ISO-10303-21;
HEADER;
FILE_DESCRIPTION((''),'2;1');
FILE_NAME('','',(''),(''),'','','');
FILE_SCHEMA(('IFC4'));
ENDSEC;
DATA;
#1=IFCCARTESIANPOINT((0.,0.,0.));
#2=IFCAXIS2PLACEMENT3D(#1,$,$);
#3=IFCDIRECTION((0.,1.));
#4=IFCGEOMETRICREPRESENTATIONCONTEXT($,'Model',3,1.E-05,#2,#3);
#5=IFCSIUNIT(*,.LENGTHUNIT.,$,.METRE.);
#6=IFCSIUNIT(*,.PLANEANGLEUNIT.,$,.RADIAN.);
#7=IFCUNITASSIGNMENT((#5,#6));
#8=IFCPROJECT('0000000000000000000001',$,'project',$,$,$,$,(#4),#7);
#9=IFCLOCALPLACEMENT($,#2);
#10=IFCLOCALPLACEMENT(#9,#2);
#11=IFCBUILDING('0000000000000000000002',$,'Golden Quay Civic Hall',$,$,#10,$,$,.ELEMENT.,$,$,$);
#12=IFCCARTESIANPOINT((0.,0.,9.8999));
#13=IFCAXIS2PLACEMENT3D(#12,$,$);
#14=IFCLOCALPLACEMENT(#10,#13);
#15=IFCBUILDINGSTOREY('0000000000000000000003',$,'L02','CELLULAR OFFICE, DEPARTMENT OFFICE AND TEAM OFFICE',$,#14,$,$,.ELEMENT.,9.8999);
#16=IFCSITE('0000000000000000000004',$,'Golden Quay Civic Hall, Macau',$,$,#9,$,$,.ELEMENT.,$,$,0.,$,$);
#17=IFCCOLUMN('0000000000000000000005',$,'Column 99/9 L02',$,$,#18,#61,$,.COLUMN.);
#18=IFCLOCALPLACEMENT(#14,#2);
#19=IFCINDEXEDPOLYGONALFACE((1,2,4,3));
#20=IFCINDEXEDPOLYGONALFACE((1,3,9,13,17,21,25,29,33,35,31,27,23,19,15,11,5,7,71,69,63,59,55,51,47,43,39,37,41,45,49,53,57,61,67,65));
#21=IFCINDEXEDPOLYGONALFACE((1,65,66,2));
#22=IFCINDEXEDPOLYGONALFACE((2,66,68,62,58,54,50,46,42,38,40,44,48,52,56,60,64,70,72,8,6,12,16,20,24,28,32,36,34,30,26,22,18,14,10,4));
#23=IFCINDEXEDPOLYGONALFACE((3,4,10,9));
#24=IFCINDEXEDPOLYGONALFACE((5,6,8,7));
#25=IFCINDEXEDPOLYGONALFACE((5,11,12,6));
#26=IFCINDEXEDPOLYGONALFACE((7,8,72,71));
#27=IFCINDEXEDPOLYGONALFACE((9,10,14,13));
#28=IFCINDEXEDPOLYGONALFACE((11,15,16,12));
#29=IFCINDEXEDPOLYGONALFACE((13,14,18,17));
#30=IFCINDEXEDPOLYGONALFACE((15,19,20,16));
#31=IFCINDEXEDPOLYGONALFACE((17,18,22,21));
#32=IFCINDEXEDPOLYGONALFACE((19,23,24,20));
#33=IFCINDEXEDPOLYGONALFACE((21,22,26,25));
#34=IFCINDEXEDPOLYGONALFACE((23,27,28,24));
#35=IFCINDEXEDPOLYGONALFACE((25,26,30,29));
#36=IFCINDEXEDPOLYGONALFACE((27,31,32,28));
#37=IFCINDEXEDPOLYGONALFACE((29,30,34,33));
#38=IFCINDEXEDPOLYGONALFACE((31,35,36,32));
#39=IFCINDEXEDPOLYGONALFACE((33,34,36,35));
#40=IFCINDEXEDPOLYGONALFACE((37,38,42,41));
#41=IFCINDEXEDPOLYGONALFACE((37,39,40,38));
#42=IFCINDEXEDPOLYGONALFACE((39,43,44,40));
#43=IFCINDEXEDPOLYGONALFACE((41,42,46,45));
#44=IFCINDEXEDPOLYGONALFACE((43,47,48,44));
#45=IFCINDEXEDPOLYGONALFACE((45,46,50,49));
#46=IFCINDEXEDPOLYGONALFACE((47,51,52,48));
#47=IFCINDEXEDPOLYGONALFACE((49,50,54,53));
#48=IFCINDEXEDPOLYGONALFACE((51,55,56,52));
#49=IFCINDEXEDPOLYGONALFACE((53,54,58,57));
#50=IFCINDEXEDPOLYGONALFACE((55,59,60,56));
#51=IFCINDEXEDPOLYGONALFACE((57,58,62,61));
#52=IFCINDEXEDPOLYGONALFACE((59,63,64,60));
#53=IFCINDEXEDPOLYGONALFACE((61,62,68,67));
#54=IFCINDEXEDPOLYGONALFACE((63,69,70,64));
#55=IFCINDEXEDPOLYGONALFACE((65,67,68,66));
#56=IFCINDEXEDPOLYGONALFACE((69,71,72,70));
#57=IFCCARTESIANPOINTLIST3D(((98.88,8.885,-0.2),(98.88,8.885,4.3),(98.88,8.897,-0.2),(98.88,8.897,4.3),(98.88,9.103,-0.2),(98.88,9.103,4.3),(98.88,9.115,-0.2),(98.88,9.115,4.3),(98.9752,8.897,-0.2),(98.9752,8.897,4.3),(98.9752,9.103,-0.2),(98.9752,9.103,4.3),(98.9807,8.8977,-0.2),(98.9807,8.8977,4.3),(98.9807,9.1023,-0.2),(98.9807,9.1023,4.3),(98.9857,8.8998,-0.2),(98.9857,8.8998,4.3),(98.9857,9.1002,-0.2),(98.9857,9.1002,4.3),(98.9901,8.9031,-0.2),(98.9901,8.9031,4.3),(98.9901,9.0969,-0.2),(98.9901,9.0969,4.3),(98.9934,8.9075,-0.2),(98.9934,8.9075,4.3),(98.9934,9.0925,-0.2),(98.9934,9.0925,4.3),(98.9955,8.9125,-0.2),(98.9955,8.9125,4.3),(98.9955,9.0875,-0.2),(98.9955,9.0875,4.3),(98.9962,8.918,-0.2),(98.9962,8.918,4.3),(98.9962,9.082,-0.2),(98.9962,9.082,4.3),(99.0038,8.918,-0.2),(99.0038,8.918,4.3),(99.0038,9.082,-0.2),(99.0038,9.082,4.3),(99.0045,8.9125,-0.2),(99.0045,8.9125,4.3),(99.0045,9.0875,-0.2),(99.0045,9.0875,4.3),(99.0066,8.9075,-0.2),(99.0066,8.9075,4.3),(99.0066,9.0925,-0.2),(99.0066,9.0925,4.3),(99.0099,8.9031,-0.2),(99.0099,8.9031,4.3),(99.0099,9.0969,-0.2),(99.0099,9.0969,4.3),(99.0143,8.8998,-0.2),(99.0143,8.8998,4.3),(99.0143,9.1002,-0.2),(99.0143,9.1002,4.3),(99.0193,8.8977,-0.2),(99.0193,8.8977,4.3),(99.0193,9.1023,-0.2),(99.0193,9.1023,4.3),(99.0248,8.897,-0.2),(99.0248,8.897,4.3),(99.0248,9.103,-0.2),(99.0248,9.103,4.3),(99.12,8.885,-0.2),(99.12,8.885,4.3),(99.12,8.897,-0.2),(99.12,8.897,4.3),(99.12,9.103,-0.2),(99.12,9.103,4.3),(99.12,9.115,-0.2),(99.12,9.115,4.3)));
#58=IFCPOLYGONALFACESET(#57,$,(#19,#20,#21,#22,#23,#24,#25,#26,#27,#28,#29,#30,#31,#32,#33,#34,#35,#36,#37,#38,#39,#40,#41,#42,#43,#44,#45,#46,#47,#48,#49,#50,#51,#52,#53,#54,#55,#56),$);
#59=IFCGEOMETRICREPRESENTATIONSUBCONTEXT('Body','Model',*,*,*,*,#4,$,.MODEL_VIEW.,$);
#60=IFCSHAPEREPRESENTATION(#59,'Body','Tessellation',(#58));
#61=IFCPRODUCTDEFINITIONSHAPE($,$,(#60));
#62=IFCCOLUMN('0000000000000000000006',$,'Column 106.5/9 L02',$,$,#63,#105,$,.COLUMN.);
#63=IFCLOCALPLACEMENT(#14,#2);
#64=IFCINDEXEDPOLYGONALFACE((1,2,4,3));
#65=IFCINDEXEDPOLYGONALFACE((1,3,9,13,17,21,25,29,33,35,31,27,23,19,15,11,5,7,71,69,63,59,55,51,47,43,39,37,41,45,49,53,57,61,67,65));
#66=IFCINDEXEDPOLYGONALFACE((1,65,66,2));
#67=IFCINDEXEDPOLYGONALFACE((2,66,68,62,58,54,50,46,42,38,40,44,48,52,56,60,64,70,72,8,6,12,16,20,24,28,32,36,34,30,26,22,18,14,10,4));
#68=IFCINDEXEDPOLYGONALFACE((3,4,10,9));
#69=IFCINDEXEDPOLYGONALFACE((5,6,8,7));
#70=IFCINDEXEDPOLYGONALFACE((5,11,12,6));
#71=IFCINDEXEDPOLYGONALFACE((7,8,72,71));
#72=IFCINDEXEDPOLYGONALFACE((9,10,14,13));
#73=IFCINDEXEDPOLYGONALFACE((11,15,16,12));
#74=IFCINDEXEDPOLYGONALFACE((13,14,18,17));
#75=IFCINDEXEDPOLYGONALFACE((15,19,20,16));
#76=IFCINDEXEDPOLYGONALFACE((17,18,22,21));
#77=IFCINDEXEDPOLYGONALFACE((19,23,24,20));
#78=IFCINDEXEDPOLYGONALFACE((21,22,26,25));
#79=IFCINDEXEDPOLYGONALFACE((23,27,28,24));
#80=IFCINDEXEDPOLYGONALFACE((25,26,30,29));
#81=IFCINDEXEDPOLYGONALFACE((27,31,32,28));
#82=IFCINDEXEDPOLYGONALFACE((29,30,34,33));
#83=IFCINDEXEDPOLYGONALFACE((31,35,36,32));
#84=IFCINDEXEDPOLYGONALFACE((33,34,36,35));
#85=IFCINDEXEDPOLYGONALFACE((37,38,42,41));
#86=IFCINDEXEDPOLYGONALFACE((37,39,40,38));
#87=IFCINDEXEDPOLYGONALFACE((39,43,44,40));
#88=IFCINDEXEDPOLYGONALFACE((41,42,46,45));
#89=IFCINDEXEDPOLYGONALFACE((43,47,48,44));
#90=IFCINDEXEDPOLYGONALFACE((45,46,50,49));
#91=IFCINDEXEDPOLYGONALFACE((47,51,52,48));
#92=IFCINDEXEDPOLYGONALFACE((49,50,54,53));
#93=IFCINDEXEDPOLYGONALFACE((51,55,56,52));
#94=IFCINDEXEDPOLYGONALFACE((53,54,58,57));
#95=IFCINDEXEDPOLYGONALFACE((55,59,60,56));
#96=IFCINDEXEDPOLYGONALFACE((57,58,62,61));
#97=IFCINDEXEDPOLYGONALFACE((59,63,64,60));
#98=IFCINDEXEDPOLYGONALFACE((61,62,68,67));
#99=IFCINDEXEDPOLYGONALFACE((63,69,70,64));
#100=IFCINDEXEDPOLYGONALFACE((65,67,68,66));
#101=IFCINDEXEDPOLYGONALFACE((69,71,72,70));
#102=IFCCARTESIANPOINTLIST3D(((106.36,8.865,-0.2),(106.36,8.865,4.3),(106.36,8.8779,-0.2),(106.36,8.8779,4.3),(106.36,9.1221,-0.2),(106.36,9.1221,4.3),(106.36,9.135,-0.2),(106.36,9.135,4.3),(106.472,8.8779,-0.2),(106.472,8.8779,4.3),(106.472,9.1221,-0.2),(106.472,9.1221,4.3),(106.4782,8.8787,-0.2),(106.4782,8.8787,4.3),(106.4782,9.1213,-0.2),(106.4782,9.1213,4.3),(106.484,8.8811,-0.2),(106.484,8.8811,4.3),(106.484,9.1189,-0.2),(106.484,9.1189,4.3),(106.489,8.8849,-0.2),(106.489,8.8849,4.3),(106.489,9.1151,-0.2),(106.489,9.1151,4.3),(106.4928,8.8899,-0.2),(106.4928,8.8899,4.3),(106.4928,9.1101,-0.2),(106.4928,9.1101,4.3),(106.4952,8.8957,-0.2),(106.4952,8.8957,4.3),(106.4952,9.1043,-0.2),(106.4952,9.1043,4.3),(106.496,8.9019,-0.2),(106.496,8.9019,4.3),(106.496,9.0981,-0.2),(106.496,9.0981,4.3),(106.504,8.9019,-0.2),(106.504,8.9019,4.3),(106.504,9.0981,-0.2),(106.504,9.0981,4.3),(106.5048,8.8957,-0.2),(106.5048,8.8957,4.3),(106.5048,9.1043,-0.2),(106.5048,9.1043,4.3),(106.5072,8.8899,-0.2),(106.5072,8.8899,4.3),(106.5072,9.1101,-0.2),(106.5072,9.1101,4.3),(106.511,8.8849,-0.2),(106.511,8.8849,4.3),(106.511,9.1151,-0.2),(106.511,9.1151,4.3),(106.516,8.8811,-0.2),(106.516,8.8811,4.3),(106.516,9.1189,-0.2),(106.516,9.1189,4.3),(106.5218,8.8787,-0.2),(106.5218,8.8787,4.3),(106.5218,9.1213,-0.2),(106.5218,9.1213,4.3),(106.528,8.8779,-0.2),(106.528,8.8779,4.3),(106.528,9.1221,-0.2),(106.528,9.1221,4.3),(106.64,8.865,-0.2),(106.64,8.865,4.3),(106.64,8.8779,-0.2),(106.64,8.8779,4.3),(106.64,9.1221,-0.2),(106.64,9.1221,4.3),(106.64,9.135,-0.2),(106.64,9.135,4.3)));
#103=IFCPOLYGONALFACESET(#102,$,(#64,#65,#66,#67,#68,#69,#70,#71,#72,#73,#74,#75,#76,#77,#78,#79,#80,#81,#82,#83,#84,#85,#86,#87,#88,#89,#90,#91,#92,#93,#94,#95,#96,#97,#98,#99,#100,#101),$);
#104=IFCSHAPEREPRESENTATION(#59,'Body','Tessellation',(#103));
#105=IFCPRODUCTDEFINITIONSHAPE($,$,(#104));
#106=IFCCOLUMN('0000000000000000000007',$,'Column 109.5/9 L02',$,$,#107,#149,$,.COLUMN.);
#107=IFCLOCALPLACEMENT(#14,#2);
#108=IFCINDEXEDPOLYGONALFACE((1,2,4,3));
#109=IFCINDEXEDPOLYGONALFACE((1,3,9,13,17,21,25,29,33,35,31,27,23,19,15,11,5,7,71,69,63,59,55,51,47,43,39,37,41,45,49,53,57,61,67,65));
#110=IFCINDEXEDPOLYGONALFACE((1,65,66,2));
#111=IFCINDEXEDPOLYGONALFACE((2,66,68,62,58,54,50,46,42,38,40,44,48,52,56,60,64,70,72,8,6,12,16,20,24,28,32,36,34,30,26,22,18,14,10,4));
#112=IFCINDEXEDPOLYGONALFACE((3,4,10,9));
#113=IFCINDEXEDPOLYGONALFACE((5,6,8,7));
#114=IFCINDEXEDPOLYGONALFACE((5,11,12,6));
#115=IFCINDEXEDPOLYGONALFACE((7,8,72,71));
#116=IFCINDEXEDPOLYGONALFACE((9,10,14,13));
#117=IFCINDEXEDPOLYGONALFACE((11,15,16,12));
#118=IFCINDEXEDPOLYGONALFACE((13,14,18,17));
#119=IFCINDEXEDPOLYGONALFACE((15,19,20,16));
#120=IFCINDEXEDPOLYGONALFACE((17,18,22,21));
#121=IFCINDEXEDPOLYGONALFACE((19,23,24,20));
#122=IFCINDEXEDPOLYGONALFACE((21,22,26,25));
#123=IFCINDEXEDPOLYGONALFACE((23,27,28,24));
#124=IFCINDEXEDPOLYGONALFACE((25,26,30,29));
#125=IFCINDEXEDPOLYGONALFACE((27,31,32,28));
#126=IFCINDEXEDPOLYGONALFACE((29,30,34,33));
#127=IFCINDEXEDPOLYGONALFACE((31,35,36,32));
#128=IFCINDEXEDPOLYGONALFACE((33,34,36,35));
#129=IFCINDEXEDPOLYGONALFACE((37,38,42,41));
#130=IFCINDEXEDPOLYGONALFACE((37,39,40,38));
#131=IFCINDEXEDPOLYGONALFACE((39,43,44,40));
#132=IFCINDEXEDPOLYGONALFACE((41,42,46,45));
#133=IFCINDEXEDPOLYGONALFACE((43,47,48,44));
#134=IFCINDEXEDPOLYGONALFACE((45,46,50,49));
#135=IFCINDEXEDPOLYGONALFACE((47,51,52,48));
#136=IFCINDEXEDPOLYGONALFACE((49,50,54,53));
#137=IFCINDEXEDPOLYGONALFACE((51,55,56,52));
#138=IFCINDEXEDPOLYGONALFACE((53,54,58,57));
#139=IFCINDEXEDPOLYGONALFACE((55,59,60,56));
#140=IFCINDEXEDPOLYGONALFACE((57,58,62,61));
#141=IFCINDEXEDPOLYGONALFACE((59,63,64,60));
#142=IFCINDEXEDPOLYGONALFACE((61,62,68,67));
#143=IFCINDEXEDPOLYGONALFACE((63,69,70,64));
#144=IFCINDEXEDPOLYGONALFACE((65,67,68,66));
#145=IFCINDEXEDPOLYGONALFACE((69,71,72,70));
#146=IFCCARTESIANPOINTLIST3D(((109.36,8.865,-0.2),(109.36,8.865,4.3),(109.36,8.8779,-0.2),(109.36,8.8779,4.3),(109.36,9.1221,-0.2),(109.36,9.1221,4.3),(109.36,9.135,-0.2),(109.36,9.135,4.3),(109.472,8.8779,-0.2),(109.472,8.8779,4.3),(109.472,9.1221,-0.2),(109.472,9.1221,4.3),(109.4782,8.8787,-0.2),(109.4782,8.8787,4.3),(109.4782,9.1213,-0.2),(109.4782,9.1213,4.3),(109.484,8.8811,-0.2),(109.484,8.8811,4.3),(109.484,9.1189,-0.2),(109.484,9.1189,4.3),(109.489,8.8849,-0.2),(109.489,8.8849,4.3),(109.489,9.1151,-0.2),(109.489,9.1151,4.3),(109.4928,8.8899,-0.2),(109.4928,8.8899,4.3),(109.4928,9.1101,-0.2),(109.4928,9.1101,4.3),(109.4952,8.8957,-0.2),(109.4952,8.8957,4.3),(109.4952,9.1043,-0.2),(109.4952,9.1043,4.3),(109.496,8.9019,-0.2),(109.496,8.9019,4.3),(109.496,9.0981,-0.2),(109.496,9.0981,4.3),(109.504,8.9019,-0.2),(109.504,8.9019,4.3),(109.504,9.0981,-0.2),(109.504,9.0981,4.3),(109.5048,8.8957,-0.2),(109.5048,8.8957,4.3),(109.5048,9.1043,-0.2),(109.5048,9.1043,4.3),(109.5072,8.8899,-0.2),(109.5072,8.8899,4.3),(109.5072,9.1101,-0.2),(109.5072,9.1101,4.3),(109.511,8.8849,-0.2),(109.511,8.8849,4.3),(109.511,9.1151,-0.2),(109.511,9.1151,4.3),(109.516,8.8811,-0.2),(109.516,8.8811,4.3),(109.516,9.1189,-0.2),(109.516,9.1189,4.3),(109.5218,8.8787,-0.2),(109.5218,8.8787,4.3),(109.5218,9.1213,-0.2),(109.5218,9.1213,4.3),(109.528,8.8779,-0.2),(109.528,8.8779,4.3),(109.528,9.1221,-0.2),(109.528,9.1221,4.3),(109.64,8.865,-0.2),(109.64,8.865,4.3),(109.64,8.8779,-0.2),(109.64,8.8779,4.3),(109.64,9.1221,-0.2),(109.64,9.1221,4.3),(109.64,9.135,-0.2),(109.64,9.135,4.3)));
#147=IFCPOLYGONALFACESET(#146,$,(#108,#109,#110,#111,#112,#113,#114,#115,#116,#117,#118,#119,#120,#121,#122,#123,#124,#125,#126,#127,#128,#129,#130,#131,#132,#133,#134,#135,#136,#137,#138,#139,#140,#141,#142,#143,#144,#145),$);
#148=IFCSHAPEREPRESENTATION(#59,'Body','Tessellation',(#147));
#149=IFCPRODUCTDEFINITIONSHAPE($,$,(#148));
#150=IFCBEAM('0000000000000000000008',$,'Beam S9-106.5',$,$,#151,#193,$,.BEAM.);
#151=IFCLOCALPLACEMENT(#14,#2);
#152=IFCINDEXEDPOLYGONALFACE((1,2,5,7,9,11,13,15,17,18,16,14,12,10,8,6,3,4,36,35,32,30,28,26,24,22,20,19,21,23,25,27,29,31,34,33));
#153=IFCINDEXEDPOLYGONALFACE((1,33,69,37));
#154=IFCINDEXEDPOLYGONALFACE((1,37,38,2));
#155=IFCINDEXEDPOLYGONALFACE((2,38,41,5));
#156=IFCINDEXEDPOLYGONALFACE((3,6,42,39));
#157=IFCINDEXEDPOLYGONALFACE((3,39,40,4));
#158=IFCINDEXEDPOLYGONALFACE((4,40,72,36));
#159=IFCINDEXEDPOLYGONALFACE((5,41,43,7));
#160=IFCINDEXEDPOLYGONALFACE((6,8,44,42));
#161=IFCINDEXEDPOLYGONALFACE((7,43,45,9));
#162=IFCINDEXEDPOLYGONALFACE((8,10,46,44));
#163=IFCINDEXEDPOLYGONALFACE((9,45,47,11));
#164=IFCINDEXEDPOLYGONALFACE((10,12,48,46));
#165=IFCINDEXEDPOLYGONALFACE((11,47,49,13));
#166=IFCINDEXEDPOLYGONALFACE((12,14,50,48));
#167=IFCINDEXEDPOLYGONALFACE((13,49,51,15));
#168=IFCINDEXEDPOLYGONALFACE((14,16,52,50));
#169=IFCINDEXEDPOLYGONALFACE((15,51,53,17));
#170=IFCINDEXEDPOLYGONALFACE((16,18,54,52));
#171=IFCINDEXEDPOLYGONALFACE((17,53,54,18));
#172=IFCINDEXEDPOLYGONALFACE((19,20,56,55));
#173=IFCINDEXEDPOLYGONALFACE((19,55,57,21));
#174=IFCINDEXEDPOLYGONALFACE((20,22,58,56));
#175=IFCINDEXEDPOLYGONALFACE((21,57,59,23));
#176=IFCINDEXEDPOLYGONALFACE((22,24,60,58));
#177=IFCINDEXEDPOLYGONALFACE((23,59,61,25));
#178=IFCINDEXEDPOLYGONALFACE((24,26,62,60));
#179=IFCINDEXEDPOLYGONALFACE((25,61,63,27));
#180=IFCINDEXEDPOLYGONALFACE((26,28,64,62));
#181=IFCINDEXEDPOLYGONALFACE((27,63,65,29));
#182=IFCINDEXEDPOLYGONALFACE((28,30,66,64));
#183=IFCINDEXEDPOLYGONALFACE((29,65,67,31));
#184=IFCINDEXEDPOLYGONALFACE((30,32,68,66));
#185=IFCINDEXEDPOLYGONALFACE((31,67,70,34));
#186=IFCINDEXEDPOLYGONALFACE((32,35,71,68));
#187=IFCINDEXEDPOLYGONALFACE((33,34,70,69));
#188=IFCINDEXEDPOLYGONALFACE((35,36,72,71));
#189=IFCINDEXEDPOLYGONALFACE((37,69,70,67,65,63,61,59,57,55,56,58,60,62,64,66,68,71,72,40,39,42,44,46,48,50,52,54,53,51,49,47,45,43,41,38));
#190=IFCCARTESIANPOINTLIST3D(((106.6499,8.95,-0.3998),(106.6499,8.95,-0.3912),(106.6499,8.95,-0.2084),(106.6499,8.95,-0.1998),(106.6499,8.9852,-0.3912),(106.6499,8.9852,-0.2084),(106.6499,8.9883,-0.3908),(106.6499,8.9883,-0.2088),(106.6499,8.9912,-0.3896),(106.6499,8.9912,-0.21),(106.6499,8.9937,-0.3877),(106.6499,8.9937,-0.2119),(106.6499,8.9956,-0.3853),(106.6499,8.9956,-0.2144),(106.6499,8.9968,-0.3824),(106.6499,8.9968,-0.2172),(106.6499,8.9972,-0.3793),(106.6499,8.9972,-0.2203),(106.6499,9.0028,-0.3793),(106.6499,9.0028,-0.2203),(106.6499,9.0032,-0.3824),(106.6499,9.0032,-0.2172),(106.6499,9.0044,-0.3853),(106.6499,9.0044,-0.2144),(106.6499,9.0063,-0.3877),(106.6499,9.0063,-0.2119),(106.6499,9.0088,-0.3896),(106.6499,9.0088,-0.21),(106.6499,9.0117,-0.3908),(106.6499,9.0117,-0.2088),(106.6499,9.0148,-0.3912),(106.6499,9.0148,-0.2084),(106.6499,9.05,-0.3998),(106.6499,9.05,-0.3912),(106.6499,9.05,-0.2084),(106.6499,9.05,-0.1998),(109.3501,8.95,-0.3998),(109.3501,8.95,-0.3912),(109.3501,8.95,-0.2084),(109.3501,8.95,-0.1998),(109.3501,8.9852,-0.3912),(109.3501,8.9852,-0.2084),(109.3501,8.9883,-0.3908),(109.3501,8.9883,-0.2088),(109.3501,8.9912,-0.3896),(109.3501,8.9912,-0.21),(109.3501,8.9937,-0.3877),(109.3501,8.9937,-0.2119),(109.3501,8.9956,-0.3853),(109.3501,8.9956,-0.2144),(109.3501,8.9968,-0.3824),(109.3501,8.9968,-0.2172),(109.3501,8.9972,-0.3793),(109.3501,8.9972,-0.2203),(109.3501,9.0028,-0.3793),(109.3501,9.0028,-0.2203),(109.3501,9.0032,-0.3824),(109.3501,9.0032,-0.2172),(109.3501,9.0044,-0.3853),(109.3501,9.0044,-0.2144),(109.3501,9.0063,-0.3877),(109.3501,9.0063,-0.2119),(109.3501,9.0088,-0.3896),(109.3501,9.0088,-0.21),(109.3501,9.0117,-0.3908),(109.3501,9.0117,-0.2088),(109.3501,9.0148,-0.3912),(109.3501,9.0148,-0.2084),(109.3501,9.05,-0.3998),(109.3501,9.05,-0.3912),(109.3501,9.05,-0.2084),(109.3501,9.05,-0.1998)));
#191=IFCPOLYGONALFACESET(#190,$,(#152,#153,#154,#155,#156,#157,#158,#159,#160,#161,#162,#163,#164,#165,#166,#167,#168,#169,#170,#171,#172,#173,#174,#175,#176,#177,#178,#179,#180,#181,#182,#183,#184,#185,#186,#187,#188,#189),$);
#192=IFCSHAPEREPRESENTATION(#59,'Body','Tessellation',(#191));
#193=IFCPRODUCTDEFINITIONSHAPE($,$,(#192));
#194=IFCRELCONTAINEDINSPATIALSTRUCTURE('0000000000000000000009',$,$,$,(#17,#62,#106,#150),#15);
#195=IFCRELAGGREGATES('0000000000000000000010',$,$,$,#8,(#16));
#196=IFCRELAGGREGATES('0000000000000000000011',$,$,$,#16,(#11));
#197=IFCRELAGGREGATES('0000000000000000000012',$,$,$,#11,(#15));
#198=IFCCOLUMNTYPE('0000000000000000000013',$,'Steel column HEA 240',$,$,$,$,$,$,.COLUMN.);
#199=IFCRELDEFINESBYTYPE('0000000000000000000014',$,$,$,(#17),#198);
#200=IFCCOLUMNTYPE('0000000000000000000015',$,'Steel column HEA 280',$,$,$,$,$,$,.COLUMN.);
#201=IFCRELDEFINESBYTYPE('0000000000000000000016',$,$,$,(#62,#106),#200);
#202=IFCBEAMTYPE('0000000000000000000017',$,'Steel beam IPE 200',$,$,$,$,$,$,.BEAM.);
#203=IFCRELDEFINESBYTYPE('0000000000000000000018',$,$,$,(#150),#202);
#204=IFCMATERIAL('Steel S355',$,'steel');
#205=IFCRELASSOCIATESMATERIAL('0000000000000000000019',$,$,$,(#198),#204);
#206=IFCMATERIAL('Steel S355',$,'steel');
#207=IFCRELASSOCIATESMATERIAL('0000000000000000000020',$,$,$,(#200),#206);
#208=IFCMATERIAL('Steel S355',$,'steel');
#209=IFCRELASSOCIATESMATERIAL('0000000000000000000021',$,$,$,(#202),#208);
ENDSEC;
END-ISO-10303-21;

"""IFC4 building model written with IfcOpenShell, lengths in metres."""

from ifc_helpers import new_model, si_unit, direction, frame, origin, origin_2d, place, context, subcontext, project, spatial, i_section, extrude, material, material_profile, profile_set, type_object, element, save


model = new_model("IFC4")

# Units and contexts
model_context = context("Model", 3, precision=1e-05, world=origin(), true_north=direction((0.0, 1.0)))
body_context = subcontext(model_context, "Body", "Model", "MODEL_VIEW")
ifc_project = project(units=[si_unit("LENGTHUNIT", "METRE"), si_unit("PLANEANGLEUNIT", "RADIAN")], contexts=[model_context])

# Site, building, storey
site_placement = place(None, origin())
site = spatial("IfcSite", under=ifc_project, at=site_placement, Name="Golden Quay Civic Hall, Macau", CompositionType="ELEMENT", RefElevation=0.0)
building_placement = place(site_placement, origin())
building = spatial("IfcBuilding", under=site, at=building_placement, Name="Golden Quay Civic Hall", CompositionType="ELEMENT")
storey_placement = place(building_placement, frame((0.0, 0.0, 9.8999)))
storey = spatial("IfcBuildingStorey", under=building, at=storey_placement, Name="L02", Description="CELLULAR OFFICE, DEPARTMENT OFFICE AND TEAM OFFICE", CompositionType="ELEMENT", Elevation=9.8999)

# Columns
ifc_material_1 = material(Name="Steel S355", Category="steel")
ifc_material_profile_1 = material_profile(ifc_material_1, i_section(OverallWidth=0.24, OverallDepth=0.23, WebThickness=0.0076, FlangeThickness=0.012, FilletRadius=0.021, at=origin_2d()), Name="HEA 240")
ifc_profile_set_1 = profile_set([ifc_material_profile_1], Name="Steel S355")
column_type_1 = type_object("IfcColumnType", Name="Steel column HEA 240", PredefinedType="COLUMN", material=ifc_profile_set_1)
column_placement = place(storey_placement, frame((99.0, 9.0, -0.2), z_axis=(0.0, 0.0, 1.0), x_axis=(1.0, 0.0, 0.0)))
element("IfcColumn", 1, at=column_placement, inside=storey, type_object=column_type_1, Name="Column 99/9 L02", PredefinedType="COLUMN", context=body_context, shape_type="SweptSolid", body=[
    extrude(i_section(OverallWidth=0.24, OverallDepth=0.23, WebThickness=0.0076, FlangeThickness=0.012, FilletRadius=0.021, at=origin_2d()), origin(), (0.0, 0.0, 1.0), 4.5),
])
ifc_material_2 = material(Name="Steel S355", Category="steel")
ifc_material_profile_2 = material_profile(ifc_material_2, i_section(OverallWidth=0.28, OverallDepth=0.27, WebThickness=0.0081, FlangeThickness=0.0129, FilletRadius=0.0239, at=origin_2d()), Name="HEA 280")
ifc_profile_set_2 = profile_set([ifc_material_profile_2], Name="Steel S355")
column_type_2 = type_object("IfcColumnType", Name="Steel column HEA 280", PredefinedType="COLUMN", material=ifc_profile_set_2)
for number, where, z_axis, x_axis, name in (
    (2, (106.5, 9.0, -0.2), (0.0, 0.0, 1.0), (1.0, 0.0, 0.0), "Column 106.5/9 L02"),
    (3, (109.5, 9.0, -0.2), (0.0, 0.0, 1.0), (1.0, 0.0, 0.0), "Column 109.5/9 L02"),
):
    element("IfcColumn", number, at=place(storey_placement, frame(where, z_axis=z_axis, x_axis=x_axis)), inside=storey, type_object=column_type_2, Name=name, PredefinedType="COLUMN", context=body_context, shape_type="SweptSolid", body=[
        extrude(i_section(OverallWidth=0.28, OverallDepth=0.27, WebThickness=0.0081, FlangeThickness=0.0129, FilletRadius=0.0239, at=origin_2d()), origin(), (0.0, 0.0, 1.0), 4.5),
    ])

# Beam
ifc_material_3 = material(Name="Steel S355", Category="steel")
ifc_material_profile_3 = material_profile(ifc_material_3, i_section(OverallWidth=0.1001, OverallDepth=0.2, WebThickness=0.0056, FlangeThickness=0.0085, FilletRadius=0.012, at=origin_2d()), Name="IPE 200")
ifc_profile_set_3 = profile_set([ifc_material_profile_3], Name="Steel S355")
beam_type_1 = type_object("IfcBeamType", Name="Steel beam IPE 200", PredefinedType="BEAM", material=ifc_profile_set_3)
beam_1_placement = place(storey_placement, frame((106.6499, 9.0, -0.2998), z_axis=(1.0, 0.0, 0.0), x_axis=(0.0, 1.0, 0.0)))
element("IfcBeam", 4, at=beam_1_placement, inside=storey, type_object=beam_type_1, Name="Beam S9-106.5", PredefinedType="BEAM", context=body_context, shape_type="SweptSolid", body=[
    extrude(i_section(OverallWidth=0.1001, OverallDepth=0.2, WebThickness=0.0056, FlangeThickness=0.0085, FilletRadius=0.012, at=origin_2d()), origin(), (0.0, 0.0, 1.0), 2.7002),
])

save(model, "model.ifc")
